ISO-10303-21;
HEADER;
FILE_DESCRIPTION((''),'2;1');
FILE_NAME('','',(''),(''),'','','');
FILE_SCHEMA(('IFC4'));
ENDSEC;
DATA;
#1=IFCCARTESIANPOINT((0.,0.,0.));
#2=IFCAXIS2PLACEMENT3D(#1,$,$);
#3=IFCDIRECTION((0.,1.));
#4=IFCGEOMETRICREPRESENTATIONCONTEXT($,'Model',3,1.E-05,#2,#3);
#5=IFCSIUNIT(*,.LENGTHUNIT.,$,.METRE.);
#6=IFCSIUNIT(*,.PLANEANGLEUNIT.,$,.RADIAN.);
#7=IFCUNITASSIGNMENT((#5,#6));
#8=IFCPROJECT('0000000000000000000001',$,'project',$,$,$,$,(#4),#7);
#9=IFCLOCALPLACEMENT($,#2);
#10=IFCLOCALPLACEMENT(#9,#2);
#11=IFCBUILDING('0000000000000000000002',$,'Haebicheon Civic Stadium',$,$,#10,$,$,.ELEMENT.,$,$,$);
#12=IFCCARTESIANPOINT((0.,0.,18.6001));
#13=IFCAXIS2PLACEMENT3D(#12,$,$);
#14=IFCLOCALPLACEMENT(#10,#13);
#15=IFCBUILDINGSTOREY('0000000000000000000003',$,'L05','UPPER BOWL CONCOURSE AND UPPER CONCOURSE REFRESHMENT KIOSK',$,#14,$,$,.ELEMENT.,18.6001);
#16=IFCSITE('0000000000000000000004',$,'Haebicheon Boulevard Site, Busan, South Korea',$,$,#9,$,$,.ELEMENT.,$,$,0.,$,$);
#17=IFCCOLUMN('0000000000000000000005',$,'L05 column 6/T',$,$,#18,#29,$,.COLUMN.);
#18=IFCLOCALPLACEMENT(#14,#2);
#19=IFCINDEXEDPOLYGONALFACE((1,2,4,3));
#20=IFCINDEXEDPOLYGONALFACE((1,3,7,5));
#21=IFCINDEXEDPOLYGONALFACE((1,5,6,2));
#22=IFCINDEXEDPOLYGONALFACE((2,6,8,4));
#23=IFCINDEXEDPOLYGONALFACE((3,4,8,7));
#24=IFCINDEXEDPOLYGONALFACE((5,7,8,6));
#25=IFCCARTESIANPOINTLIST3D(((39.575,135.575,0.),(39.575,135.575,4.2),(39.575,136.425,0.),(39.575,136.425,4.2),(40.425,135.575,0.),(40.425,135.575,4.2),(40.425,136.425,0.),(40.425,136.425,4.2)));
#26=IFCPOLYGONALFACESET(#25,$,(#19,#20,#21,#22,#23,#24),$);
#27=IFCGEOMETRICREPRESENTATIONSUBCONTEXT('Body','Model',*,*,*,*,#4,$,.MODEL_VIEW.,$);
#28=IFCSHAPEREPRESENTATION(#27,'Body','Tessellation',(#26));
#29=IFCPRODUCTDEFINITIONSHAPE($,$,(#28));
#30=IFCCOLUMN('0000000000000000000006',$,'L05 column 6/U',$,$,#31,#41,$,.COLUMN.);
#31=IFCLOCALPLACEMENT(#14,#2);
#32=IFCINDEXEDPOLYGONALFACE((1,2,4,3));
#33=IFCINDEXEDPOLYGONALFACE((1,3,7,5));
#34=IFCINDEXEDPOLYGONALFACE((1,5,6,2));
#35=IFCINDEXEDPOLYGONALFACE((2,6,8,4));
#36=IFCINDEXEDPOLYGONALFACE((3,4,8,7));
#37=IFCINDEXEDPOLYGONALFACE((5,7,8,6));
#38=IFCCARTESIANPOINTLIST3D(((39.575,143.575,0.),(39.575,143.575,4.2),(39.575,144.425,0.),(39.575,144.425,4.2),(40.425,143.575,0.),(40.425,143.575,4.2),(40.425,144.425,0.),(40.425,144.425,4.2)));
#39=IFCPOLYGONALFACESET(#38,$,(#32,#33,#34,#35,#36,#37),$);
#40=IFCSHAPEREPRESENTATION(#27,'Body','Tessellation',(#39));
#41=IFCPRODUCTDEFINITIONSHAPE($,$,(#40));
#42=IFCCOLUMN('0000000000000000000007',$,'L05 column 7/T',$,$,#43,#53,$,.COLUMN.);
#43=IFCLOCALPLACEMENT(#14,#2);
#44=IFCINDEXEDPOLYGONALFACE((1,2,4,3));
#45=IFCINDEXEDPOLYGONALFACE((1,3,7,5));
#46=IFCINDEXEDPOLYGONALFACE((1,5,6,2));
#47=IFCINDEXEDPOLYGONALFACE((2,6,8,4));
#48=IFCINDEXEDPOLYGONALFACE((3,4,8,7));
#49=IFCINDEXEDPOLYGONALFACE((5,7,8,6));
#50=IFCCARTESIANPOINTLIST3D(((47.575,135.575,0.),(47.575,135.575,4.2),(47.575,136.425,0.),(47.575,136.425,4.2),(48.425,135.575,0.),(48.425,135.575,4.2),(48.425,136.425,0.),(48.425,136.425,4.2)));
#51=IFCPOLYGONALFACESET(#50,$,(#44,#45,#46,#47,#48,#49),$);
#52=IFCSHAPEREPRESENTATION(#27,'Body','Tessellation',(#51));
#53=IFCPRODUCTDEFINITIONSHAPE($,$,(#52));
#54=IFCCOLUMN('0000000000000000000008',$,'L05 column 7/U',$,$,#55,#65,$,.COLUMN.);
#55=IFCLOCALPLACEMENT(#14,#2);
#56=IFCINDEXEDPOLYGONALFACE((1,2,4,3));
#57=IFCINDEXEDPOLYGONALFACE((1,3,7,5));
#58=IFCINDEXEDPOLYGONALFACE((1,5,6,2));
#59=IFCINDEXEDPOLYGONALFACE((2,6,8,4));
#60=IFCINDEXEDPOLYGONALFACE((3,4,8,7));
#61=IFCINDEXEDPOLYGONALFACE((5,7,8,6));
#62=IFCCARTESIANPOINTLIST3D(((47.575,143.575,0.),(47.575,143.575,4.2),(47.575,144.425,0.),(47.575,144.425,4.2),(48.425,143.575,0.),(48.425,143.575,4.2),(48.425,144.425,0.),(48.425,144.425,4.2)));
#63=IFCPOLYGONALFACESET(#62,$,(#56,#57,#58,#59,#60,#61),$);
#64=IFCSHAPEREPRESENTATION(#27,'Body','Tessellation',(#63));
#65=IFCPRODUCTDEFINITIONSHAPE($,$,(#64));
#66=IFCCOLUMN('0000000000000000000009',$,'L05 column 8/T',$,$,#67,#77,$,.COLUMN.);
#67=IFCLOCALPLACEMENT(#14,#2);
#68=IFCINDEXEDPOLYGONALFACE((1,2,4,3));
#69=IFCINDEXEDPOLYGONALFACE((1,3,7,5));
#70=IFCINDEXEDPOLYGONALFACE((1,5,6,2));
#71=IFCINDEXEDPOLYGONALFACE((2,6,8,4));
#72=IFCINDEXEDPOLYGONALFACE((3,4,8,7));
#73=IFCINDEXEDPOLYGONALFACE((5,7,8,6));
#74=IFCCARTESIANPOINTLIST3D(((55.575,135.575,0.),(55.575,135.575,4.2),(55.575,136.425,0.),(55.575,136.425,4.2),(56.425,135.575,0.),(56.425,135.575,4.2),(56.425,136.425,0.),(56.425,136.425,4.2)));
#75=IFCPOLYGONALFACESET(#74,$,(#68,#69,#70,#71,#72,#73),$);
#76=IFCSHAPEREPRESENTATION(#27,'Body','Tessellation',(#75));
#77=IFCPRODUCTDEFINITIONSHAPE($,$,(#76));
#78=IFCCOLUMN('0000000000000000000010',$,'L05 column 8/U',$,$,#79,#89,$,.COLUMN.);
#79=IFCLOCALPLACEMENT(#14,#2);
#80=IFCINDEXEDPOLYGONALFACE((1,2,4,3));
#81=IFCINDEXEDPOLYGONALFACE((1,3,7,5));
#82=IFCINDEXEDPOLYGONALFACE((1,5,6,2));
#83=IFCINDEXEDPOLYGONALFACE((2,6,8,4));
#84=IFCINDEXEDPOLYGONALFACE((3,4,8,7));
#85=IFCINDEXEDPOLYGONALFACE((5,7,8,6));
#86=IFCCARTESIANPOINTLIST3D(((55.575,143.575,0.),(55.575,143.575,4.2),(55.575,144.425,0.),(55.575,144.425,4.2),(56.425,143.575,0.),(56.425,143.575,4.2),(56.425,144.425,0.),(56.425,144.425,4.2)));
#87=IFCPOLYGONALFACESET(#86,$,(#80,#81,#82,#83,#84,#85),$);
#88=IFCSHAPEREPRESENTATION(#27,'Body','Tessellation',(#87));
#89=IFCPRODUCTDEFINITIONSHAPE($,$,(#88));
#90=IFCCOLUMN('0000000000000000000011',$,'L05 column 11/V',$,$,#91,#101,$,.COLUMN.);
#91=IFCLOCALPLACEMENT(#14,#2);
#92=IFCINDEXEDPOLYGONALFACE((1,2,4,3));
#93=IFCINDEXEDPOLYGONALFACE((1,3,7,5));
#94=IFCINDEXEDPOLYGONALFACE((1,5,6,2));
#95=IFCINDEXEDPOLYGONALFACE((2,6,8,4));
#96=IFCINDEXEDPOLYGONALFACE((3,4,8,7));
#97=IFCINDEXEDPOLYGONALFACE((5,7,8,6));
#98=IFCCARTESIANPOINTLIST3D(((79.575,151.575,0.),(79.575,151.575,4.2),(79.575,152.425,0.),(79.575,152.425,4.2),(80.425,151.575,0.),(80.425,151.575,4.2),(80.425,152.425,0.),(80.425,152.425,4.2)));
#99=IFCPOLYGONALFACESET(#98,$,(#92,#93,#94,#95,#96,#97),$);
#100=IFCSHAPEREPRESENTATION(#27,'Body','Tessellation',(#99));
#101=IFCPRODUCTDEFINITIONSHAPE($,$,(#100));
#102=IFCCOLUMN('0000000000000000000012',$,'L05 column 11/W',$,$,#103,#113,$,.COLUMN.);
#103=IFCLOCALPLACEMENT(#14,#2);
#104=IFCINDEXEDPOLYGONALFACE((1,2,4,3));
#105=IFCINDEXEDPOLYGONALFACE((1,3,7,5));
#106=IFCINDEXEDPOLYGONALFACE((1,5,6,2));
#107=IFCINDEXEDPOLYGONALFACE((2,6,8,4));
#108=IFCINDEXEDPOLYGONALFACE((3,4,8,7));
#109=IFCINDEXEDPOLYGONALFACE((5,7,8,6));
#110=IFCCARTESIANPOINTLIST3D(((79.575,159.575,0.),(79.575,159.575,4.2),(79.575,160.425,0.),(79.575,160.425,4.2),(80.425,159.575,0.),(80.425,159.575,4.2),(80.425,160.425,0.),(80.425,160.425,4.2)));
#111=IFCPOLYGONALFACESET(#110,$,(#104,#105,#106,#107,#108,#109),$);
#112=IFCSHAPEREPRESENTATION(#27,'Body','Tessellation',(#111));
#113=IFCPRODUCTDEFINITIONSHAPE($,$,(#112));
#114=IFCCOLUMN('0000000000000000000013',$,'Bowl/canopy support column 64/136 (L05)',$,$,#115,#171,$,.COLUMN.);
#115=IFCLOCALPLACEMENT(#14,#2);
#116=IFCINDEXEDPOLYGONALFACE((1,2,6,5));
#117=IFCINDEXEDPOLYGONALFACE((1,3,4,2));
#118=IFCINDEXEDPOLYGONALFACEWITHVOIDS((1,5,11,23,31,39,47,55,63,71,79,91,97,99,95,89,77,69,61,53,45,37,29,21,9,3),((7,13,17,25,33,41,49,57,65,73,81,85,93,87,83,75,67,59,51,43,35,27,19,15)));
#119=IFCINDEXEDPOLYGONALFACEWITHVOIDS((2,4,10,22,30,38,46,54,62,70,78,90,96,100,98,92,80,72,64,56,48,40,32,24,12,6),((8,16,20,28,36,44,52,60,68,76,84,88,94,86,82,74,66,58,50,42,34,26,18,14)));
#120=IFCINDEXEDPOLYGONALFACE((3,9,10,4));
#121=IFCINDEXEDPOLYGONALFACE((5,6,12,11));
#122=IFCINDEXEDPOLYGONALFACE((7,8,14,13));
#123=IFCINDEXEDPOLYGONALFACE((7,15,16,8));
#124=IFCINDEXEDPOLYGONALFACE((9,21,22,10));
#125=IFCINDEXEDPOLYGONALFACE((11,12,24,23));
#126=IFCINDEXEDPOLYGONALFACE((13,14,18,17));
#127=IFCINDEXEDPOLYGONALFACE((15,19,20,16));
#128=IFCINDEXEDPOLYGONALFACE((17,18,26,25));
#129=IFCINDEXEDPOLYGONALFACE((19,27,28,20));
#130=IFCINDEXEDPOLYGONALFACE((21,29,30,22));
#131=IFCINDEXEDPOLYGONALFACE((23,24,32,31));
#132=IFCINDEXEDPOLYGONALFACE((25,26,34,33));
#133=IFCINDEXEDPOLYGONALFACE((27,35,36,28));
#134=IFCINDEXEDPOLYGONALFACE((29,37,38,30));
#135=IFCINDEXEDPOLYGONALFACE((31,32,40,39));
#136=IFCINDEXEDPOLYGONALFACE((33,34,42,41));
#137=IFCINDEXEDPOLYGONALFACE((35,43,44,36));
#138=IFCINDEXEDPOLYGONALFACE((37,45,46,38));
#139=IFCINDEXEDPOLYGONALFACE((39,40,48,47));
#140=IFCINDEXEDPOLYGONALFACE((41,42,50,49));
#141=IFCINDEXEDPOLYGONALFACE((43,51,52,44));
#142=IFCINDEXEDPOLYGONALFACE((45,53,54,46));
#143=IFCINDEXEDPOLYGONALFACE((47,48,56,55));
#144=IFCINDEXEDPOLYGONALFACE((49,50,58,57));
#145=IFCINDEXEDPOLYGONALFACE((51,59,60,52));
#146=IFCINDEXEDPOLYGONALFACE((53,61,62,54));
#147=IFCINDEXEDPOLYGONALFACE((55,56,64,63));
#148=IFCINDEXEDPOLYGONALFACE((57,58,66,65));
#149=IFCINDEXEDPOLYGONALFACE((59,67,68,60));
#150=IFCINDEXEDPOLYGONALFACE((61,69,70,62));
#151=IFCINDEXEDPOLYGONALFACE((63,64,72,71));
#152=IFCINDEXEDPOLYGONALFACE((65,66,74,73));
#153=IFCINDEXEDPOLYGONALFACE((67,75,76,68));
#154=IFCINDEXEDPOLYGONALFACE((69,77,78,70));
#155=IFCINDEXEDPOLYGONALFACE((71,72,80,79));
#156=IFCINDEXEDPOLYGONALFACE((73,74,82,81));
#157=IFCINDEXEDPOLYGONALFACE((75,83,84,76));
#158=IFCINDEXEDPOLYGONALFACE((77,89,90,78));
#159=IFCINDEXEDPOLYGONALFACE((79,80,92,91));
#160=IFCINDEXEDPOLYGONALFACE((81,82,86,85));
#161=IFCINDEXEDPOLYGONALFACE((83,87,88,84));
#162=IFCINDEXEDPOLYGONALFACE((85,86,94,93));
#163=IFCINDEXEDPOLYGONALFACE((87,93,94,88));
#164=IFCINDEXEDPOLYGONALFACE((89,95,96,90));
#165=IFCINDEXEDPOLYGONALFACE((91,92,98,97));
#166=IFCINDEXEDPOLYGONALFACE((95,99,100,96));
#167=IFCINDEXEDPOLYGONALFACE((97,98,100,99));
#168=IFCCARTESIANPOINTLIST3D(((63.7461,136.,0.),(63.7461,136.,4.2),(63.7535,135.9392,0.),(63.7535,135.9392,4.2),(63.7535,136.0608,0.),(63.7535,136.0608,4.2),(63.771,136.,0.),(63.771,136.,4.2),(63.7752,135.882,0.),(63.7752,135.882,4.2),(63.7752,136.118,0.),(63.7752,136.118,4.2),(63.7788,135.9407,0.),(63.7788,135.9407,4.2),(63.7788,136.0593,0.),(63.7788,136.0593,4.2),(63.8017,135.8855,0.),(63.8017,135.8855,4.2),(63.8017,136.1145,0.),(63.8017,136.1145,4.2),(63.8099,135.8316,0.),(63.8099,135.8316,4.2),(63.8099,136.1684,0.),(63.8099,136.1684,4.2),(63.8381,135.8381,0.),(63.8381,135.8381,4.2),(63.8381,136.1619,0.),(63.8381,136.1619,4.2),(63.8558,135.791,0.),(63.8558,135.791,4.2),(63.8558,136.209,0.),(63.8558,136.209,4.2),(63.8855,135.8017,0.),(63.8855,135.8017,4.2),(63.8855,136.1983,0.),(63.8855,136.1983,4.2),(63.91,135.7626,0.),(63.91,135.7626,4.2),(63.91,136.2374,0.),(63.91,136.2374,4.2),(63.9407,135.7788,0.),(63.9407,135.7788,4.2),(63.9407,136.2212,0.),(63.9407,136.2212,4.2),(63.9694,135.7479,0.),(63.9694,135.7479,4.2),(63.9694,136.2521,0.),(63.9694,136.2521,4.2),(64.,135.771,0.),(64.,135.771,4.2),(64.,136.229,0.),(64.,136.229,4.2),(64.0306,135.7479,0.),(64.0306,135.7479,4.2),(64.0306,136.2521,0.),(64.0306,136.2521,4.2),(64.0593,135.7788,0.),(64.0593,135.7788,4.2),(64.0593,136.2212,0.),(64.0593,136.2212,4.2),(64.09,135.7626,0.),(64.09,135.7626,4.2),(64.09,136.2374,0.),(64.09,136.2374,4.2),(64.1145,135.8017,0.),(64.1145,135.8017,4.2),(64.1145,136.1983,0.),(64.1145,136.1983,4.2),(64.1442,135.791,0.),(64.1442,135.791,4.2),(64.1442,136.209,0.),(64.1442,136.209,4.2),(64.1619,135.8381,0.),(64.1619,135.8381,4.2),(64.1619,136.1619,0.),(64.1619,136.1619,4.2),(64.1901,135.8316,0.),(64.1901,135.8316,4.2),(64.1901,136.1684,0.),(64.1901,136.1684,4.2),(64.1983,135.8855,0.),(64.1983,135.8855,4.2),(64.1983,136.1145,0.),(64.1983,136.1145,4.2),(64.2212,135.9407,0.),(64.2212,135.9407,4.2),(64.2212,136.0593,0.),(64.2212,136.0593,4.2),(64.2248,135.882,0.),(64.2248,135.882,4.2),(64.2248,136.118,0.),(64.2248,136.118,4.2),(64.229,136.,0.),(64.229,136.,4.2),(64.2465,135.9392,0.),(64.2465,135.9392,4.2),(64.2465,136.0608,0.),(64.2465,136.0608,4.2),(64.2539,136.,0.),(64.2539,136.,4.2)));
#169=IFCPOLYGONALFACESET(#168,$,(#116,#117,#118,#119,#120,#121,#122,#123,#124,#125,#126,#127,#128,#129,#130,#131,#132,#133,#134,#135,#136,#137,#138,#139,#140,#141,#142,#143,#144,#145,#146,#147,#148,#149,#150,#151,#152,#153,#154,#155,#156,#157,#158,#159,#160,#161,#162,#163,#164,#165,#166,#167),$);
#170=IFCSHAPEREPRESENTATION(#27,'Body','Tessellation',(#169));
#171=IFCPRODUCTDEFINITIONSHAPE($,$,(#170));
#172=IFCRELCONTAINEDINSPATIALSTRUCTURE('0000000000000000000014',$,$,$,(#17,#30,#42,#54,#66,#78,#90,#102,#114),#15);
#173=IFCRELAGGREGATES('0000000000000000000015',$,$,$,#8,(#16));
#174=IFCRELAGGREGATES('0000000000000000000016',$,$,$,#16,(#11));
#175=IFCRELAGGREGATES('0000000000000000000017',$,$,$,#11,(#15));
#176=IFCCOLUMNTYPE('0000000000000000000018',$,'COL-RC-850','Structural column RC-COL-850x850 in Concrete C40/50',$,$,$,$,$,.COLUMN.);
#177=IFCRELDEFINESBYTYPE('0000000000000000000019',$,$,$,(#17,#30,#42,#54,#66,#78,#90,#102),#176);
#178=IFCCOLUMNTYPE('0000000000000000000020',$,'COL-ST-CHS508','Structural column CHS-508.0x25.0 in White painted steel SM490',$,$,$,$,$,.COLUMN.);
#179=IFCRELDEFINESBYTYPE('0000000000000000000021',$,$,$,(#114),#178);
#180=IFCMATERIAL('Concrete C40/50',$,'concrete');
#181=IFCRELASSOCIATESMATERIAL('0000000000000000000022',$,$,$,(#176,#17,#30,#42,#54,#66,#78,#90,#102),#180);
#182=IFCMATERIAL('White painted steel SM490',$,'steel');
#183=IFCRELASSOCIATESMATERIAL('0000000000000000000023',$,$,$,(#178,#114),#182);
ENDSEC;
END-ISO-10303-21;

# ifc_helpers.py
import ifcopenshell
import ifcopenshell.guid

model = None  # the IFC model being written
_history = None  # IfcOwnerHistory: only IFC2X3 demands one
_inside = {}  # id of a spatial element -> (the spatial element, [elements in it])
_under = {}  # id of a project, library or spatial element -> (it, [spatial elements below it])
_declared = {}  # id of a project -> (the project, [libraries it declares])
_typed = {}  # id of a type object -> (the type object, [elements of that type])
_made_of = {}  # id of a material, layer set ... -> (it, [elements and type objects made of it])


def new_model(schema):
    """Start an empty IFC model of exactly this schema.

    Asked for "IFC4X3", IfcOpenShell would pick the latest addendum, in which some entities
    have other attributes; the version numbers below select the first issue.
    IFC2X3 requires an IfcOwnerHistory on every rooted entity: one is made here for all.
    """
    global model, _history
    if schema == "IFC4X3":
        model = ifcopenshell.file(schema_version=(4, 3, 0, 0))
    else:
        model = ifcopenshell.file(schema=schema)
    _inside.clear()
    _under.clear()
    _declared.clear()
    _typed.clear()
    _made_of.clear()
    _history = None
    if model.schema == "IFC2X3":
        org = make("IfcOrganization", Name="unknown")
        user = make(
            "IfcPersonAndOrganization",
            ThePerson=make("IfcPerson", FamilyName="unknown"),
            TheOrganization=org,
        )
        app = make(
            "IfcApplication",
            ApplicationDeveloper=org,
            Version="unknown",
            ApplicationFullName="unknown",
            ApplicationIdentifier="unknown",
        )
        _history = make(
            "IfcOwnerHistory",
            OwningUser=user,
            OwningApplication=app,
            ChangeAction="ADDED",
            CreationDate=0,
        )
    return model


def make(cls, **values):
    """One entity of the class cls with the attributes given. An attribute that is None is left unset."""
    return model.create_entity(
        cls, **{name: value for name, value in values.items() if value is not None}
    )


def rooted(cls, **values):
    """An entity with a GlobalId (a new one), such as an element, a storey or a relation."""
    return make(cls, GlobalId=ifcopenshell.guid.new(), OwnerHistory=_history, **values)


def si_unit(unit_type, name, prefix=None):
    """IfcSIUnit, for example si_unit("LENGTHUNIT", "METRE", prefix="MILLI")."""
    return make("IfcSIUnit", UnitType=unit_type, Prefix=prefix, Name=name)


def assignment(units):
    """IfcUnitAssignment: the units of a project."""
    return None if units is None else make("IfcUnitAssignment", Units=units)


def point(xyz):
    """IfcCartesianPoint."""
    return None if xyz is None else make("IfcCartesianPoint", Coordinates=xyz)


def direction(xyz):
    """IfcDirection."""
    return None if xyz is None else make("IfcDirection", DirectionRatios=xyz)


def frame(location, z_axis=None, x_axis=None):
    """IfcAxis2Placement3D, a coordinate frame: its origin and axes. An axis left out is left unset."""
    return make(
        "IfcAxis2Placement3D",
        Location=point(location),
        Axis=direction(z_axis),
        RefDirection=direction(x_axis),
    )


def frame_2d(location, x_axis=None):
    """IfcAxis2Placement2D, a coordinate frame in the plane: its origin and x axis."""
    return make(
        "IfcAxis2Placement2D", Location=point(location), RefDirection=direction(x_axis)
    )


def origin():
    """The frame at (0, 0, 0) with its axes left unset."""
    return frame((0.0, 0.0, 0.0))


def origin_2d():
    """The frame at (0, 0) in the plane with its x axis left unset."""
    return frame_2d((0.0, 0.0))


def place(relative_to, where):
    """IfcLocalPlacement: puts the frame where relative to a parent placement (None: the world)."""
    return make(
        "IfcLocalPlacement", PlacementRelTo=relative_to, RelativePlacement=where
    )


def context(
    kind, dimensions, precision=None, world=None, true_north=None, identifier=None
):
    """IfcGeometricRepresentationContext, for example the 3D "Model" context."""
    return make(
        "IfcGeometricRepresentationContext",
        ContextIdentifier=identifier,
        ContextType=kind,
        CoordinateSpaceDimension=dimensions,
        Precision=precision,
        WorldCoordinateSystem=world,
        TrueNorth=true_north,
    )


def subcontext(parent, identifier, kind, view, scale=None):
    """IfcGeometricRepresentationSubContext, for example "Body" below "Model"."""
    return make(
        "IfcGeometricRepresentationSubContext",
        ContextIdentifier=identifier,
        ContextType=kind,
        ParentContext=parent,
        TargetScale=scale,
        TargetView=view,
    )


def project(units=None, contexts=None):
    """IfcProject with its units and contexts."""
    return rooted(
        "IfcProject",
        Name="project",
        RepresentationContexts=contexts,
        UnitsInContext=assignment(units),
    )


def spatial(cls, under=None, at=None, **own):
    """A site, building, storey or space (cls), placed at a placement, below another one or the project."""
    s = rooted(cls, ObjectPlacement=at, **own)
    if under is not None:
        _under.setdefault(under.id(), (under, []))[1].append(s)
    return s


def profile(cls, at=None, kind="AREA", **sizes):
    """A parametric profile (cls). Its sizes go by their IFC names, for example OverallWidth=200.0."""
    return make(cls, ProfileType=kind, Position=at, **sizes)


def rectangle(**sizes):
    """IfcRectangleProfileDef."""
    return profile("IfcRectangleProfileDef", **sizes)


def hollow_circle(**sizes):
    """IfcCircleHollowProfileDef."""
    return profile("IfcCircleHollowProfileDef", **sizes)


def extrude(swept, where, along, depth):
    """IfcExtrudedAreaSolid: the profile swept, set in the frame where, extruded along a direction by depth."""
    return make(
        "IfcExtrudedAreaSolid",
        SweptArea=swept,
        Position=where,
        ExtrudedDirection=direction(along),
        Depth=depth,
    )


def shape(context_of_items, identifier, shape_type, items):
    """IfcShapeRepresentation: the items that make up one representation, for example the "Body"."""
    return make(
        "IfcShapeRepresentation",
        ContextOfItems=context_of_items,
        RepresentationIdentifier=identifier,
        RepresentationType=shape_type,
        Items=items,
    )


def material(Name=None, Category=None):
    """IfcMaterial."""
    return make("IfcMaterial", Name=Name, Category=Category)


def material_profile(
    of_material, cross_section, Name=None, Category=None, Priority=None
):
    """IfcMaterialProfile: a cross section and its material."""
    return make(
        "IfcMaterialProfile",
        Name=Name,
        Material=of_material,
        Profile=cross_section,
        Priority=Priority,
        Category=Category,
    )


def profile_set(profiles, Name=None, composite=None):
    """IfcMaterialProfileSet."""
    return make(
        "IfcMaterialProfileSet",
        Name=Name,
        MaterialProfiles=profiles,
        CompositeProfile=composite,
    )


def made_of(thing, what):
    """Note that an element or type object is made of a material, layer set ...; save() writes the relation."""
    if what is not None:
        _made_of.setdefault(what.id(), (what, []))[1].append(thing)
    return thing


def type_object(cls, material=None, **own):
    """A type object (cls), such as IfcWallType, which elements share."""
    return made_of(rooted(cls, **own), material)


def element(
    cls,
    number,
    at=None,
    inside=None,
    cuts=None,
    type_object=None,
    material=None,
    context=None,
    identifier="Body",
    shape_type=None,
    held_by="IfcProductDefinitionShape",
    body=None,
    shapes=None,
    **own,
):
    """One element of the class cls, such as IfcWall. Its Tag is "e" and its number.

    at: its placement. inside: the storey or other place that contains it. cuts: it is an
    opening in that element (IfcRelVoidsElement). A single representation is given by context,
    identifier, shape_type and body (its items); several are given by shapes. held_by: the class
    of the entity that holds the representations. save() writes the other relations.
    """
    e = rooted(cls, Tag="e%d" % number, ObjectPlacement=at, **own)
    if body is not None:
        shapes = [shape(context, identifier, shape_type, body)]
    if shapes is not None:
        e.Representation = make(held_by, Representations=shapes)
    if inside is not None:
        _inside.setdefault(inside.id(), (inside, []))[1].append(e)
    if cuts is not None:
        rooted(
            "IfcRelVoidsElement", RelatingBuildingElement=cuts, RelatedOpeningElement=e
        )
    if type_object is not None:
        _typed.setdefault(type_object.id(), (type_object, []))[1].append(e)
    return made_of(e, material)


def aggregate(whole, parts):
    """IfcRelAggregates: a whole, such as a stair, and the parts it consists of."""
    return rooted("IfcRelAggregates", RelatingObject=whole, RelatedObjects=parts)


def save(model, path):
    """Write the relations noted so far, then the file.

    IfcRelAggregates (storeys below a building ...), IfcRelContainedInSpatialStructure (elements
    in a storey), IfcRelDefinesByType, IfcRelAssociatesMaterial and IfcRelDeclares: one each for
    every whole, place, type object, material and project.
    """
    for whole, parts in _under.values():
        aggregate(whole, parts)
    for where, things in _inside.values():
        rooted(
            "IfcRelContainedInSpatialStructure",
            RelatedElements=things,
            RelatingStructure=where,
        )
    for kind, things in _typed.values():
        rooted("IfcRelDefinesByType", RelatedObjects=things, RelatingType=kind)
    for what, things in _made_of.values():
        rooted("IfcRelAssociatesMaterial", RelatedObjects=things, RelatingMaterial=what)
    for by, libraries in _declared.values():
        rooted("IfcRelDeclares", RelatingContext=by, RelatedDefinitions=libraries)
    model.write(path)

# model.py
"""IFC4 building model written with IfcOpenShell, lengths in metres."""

from ifc_helpers import new_model, si_unit, direction, frame, origin, origin_2d, place, context, subcontext, project, spatial, rectangle, hollow_circle, extrude, material, material_profile, profile_set, type_object, element, save


model = new_model("IFC4")

# Units and contexts
model_context = context("Model", 3, precision=1e-05, world=origin(), true_north=direction((0.0, 1.0)))
body_context = subcontext(model_context, "Body", "Model", "MODEL_VIEW")
ifc_project = project(units=[si_unit("LENGTHUNIT", "METRE"), si_unit("PLANEANGLEUNIT", "RADIAN")], contexts=[model_context])

# Site, building, storey
site_placement = place(None, origin())
site = spatial("IfcSite", under=ifc_project, at=site_placement, Name="Haebicheon Boulevard Site, Busan, South Korea", CompositionType="ELEMENT", RefElevation=0.0)
building_placement = place(site_placement, origin())
building = spatial("IfcBuilding", under=site, at=building_placement, Name="Haebicheon Civic Stadium", CompositionType="ELEMENT")
storey_placement = place(building_placement, frame((0.0, 0.0, 18.6001)))
storey = spatial("IfcBuildingStorey", under=building, at=storey_placement, Name="L05", Description="UPPER BOWL CONCOURSE AND UPPER CONCOURSE REFRESHMENT KIOSK", CompositionType="ELEMENT", Elevation=18.6001)

# Columns
ifc_material_1 = material(Name="Concrete C40/50", Category="concrete")
ifc_material_profile_1 = material_profile(ifc_material_1, rectangle(XDim=0.8501, YDim=0.8501, at=origin_2d()), Name="RC-COL-850x850")
ifc_profile_set_1 = profile_set([ifc_material_profile_1], Name="Concrete C40/50")
column_type_1 = type_object("IfcColumnType", Name="COL-RC-850", Description="Structural column RC-COL-850x850 in Concrete C40/50", PredefinedType="COLUMN", material=ifc_profile_set_1)
for number, where, z_axis, x_axis, name in (
    (1, (40.0, 136.0, 0.0), (0.0, 0.0, 1.0), (1.0, 0.0, 0.0), "L05 column 6/T"),
    (2, (40.0, 144.0, 0.0), (0.0, 0.0, 1.0), (1.0, 0.0, 0.0), "L05 column 6/U"),
    (3, (48.0, 136.0, 0.0), (0.0, 0.0, 1.0), (1.0, 0.0, 0.0), "L05 column 7/T"),
    (4, (48.0, 144.0, 0.0), (0.0, 0.0, 1.0), (1.0, 0.0, 0.0), "L05 column 7/U"),
    (5, (56.0, 136.0, 0.0), (0.0, 0.0, 1.0), (1.0, 0.0, 0.0), "L05 column 8/T"),
    (6, (56.0, 144.0, 0.0), (0.0, 0.0, 1.0), (1.0, 0.0, 0.0), "L05 column 8/U"),
    (7, (80.0, 152.0, 0.0), (0.0, 0.0, 1.0), (1.0, 0.0, 0.0), "L05 column 11/V"),
    (8, (80.0, 160.0, 0.0), (0.0, 0.0, 1.0), (1.0, 0.0, 0.0), "L05 column 11/W"),
):
    element("IfcColumn", number, at=place(storey_placement, frame(where, z_axis=z_axis, x_axis=x_axis)), inside=storey, type_object=column_type_1, material=ifc_profile_set_1, Name=name, PredefinedType="COLUMN", context=body_context, shape_type="SweptSolid", body=[
        extrude(rectangle(XDim=0.8501, YDim=0.8501, at=origin_2d()), origin(), (0.0, 0.0, 1.0), 4.2),
    ])
ifc_material_2 = material(Name="White painted steel SM490", Category="steel")
ifc_material_profile_2 = material_profile(ifc_material_2, hollow_circle(Radius=0.2539, WallThickness=0.0249, at=origin_2d()), Name="CHS-508.0x25.0")
ifc_profile_set_2 = profile_set([ifc_material_profile_2], Name="White painted steel SM490")
column_type_2 = type_object("IfcColumnType", Name="COL-ST-CHS508", Description="Structural column CHS-508.0x25.0 in White painted steel SM490", PredefinedType="COLUMN", material=ifc_profile_set_2)
for number, where, z_axis, x_axis, name in (
    (9, (64.0, 136.0, 0.0), (0.0, 0.0, 1.0), (1.0, 0.0, 0.0), "Bowl/canopy support column 64/136 (L05)"),
):
    element("IfcColumn", number, at=place(storey_placement, frame(where, z_axis=z_axis, x_axis=x_axis)), inside=storey, type_object=column_type_2, material=ifc_profile_set_2, Name=name, PredefinedType="COLUMN", context=body_context, shape_type="SweptSolid", body=[
        extrude(hollow_circle(Radius=0.2539, WallThickness=0.0249, at=origin_2d()), origin(), (0.0, 0.0, 1.0), 4.2),
    ])

save(model, "model.ifc")
